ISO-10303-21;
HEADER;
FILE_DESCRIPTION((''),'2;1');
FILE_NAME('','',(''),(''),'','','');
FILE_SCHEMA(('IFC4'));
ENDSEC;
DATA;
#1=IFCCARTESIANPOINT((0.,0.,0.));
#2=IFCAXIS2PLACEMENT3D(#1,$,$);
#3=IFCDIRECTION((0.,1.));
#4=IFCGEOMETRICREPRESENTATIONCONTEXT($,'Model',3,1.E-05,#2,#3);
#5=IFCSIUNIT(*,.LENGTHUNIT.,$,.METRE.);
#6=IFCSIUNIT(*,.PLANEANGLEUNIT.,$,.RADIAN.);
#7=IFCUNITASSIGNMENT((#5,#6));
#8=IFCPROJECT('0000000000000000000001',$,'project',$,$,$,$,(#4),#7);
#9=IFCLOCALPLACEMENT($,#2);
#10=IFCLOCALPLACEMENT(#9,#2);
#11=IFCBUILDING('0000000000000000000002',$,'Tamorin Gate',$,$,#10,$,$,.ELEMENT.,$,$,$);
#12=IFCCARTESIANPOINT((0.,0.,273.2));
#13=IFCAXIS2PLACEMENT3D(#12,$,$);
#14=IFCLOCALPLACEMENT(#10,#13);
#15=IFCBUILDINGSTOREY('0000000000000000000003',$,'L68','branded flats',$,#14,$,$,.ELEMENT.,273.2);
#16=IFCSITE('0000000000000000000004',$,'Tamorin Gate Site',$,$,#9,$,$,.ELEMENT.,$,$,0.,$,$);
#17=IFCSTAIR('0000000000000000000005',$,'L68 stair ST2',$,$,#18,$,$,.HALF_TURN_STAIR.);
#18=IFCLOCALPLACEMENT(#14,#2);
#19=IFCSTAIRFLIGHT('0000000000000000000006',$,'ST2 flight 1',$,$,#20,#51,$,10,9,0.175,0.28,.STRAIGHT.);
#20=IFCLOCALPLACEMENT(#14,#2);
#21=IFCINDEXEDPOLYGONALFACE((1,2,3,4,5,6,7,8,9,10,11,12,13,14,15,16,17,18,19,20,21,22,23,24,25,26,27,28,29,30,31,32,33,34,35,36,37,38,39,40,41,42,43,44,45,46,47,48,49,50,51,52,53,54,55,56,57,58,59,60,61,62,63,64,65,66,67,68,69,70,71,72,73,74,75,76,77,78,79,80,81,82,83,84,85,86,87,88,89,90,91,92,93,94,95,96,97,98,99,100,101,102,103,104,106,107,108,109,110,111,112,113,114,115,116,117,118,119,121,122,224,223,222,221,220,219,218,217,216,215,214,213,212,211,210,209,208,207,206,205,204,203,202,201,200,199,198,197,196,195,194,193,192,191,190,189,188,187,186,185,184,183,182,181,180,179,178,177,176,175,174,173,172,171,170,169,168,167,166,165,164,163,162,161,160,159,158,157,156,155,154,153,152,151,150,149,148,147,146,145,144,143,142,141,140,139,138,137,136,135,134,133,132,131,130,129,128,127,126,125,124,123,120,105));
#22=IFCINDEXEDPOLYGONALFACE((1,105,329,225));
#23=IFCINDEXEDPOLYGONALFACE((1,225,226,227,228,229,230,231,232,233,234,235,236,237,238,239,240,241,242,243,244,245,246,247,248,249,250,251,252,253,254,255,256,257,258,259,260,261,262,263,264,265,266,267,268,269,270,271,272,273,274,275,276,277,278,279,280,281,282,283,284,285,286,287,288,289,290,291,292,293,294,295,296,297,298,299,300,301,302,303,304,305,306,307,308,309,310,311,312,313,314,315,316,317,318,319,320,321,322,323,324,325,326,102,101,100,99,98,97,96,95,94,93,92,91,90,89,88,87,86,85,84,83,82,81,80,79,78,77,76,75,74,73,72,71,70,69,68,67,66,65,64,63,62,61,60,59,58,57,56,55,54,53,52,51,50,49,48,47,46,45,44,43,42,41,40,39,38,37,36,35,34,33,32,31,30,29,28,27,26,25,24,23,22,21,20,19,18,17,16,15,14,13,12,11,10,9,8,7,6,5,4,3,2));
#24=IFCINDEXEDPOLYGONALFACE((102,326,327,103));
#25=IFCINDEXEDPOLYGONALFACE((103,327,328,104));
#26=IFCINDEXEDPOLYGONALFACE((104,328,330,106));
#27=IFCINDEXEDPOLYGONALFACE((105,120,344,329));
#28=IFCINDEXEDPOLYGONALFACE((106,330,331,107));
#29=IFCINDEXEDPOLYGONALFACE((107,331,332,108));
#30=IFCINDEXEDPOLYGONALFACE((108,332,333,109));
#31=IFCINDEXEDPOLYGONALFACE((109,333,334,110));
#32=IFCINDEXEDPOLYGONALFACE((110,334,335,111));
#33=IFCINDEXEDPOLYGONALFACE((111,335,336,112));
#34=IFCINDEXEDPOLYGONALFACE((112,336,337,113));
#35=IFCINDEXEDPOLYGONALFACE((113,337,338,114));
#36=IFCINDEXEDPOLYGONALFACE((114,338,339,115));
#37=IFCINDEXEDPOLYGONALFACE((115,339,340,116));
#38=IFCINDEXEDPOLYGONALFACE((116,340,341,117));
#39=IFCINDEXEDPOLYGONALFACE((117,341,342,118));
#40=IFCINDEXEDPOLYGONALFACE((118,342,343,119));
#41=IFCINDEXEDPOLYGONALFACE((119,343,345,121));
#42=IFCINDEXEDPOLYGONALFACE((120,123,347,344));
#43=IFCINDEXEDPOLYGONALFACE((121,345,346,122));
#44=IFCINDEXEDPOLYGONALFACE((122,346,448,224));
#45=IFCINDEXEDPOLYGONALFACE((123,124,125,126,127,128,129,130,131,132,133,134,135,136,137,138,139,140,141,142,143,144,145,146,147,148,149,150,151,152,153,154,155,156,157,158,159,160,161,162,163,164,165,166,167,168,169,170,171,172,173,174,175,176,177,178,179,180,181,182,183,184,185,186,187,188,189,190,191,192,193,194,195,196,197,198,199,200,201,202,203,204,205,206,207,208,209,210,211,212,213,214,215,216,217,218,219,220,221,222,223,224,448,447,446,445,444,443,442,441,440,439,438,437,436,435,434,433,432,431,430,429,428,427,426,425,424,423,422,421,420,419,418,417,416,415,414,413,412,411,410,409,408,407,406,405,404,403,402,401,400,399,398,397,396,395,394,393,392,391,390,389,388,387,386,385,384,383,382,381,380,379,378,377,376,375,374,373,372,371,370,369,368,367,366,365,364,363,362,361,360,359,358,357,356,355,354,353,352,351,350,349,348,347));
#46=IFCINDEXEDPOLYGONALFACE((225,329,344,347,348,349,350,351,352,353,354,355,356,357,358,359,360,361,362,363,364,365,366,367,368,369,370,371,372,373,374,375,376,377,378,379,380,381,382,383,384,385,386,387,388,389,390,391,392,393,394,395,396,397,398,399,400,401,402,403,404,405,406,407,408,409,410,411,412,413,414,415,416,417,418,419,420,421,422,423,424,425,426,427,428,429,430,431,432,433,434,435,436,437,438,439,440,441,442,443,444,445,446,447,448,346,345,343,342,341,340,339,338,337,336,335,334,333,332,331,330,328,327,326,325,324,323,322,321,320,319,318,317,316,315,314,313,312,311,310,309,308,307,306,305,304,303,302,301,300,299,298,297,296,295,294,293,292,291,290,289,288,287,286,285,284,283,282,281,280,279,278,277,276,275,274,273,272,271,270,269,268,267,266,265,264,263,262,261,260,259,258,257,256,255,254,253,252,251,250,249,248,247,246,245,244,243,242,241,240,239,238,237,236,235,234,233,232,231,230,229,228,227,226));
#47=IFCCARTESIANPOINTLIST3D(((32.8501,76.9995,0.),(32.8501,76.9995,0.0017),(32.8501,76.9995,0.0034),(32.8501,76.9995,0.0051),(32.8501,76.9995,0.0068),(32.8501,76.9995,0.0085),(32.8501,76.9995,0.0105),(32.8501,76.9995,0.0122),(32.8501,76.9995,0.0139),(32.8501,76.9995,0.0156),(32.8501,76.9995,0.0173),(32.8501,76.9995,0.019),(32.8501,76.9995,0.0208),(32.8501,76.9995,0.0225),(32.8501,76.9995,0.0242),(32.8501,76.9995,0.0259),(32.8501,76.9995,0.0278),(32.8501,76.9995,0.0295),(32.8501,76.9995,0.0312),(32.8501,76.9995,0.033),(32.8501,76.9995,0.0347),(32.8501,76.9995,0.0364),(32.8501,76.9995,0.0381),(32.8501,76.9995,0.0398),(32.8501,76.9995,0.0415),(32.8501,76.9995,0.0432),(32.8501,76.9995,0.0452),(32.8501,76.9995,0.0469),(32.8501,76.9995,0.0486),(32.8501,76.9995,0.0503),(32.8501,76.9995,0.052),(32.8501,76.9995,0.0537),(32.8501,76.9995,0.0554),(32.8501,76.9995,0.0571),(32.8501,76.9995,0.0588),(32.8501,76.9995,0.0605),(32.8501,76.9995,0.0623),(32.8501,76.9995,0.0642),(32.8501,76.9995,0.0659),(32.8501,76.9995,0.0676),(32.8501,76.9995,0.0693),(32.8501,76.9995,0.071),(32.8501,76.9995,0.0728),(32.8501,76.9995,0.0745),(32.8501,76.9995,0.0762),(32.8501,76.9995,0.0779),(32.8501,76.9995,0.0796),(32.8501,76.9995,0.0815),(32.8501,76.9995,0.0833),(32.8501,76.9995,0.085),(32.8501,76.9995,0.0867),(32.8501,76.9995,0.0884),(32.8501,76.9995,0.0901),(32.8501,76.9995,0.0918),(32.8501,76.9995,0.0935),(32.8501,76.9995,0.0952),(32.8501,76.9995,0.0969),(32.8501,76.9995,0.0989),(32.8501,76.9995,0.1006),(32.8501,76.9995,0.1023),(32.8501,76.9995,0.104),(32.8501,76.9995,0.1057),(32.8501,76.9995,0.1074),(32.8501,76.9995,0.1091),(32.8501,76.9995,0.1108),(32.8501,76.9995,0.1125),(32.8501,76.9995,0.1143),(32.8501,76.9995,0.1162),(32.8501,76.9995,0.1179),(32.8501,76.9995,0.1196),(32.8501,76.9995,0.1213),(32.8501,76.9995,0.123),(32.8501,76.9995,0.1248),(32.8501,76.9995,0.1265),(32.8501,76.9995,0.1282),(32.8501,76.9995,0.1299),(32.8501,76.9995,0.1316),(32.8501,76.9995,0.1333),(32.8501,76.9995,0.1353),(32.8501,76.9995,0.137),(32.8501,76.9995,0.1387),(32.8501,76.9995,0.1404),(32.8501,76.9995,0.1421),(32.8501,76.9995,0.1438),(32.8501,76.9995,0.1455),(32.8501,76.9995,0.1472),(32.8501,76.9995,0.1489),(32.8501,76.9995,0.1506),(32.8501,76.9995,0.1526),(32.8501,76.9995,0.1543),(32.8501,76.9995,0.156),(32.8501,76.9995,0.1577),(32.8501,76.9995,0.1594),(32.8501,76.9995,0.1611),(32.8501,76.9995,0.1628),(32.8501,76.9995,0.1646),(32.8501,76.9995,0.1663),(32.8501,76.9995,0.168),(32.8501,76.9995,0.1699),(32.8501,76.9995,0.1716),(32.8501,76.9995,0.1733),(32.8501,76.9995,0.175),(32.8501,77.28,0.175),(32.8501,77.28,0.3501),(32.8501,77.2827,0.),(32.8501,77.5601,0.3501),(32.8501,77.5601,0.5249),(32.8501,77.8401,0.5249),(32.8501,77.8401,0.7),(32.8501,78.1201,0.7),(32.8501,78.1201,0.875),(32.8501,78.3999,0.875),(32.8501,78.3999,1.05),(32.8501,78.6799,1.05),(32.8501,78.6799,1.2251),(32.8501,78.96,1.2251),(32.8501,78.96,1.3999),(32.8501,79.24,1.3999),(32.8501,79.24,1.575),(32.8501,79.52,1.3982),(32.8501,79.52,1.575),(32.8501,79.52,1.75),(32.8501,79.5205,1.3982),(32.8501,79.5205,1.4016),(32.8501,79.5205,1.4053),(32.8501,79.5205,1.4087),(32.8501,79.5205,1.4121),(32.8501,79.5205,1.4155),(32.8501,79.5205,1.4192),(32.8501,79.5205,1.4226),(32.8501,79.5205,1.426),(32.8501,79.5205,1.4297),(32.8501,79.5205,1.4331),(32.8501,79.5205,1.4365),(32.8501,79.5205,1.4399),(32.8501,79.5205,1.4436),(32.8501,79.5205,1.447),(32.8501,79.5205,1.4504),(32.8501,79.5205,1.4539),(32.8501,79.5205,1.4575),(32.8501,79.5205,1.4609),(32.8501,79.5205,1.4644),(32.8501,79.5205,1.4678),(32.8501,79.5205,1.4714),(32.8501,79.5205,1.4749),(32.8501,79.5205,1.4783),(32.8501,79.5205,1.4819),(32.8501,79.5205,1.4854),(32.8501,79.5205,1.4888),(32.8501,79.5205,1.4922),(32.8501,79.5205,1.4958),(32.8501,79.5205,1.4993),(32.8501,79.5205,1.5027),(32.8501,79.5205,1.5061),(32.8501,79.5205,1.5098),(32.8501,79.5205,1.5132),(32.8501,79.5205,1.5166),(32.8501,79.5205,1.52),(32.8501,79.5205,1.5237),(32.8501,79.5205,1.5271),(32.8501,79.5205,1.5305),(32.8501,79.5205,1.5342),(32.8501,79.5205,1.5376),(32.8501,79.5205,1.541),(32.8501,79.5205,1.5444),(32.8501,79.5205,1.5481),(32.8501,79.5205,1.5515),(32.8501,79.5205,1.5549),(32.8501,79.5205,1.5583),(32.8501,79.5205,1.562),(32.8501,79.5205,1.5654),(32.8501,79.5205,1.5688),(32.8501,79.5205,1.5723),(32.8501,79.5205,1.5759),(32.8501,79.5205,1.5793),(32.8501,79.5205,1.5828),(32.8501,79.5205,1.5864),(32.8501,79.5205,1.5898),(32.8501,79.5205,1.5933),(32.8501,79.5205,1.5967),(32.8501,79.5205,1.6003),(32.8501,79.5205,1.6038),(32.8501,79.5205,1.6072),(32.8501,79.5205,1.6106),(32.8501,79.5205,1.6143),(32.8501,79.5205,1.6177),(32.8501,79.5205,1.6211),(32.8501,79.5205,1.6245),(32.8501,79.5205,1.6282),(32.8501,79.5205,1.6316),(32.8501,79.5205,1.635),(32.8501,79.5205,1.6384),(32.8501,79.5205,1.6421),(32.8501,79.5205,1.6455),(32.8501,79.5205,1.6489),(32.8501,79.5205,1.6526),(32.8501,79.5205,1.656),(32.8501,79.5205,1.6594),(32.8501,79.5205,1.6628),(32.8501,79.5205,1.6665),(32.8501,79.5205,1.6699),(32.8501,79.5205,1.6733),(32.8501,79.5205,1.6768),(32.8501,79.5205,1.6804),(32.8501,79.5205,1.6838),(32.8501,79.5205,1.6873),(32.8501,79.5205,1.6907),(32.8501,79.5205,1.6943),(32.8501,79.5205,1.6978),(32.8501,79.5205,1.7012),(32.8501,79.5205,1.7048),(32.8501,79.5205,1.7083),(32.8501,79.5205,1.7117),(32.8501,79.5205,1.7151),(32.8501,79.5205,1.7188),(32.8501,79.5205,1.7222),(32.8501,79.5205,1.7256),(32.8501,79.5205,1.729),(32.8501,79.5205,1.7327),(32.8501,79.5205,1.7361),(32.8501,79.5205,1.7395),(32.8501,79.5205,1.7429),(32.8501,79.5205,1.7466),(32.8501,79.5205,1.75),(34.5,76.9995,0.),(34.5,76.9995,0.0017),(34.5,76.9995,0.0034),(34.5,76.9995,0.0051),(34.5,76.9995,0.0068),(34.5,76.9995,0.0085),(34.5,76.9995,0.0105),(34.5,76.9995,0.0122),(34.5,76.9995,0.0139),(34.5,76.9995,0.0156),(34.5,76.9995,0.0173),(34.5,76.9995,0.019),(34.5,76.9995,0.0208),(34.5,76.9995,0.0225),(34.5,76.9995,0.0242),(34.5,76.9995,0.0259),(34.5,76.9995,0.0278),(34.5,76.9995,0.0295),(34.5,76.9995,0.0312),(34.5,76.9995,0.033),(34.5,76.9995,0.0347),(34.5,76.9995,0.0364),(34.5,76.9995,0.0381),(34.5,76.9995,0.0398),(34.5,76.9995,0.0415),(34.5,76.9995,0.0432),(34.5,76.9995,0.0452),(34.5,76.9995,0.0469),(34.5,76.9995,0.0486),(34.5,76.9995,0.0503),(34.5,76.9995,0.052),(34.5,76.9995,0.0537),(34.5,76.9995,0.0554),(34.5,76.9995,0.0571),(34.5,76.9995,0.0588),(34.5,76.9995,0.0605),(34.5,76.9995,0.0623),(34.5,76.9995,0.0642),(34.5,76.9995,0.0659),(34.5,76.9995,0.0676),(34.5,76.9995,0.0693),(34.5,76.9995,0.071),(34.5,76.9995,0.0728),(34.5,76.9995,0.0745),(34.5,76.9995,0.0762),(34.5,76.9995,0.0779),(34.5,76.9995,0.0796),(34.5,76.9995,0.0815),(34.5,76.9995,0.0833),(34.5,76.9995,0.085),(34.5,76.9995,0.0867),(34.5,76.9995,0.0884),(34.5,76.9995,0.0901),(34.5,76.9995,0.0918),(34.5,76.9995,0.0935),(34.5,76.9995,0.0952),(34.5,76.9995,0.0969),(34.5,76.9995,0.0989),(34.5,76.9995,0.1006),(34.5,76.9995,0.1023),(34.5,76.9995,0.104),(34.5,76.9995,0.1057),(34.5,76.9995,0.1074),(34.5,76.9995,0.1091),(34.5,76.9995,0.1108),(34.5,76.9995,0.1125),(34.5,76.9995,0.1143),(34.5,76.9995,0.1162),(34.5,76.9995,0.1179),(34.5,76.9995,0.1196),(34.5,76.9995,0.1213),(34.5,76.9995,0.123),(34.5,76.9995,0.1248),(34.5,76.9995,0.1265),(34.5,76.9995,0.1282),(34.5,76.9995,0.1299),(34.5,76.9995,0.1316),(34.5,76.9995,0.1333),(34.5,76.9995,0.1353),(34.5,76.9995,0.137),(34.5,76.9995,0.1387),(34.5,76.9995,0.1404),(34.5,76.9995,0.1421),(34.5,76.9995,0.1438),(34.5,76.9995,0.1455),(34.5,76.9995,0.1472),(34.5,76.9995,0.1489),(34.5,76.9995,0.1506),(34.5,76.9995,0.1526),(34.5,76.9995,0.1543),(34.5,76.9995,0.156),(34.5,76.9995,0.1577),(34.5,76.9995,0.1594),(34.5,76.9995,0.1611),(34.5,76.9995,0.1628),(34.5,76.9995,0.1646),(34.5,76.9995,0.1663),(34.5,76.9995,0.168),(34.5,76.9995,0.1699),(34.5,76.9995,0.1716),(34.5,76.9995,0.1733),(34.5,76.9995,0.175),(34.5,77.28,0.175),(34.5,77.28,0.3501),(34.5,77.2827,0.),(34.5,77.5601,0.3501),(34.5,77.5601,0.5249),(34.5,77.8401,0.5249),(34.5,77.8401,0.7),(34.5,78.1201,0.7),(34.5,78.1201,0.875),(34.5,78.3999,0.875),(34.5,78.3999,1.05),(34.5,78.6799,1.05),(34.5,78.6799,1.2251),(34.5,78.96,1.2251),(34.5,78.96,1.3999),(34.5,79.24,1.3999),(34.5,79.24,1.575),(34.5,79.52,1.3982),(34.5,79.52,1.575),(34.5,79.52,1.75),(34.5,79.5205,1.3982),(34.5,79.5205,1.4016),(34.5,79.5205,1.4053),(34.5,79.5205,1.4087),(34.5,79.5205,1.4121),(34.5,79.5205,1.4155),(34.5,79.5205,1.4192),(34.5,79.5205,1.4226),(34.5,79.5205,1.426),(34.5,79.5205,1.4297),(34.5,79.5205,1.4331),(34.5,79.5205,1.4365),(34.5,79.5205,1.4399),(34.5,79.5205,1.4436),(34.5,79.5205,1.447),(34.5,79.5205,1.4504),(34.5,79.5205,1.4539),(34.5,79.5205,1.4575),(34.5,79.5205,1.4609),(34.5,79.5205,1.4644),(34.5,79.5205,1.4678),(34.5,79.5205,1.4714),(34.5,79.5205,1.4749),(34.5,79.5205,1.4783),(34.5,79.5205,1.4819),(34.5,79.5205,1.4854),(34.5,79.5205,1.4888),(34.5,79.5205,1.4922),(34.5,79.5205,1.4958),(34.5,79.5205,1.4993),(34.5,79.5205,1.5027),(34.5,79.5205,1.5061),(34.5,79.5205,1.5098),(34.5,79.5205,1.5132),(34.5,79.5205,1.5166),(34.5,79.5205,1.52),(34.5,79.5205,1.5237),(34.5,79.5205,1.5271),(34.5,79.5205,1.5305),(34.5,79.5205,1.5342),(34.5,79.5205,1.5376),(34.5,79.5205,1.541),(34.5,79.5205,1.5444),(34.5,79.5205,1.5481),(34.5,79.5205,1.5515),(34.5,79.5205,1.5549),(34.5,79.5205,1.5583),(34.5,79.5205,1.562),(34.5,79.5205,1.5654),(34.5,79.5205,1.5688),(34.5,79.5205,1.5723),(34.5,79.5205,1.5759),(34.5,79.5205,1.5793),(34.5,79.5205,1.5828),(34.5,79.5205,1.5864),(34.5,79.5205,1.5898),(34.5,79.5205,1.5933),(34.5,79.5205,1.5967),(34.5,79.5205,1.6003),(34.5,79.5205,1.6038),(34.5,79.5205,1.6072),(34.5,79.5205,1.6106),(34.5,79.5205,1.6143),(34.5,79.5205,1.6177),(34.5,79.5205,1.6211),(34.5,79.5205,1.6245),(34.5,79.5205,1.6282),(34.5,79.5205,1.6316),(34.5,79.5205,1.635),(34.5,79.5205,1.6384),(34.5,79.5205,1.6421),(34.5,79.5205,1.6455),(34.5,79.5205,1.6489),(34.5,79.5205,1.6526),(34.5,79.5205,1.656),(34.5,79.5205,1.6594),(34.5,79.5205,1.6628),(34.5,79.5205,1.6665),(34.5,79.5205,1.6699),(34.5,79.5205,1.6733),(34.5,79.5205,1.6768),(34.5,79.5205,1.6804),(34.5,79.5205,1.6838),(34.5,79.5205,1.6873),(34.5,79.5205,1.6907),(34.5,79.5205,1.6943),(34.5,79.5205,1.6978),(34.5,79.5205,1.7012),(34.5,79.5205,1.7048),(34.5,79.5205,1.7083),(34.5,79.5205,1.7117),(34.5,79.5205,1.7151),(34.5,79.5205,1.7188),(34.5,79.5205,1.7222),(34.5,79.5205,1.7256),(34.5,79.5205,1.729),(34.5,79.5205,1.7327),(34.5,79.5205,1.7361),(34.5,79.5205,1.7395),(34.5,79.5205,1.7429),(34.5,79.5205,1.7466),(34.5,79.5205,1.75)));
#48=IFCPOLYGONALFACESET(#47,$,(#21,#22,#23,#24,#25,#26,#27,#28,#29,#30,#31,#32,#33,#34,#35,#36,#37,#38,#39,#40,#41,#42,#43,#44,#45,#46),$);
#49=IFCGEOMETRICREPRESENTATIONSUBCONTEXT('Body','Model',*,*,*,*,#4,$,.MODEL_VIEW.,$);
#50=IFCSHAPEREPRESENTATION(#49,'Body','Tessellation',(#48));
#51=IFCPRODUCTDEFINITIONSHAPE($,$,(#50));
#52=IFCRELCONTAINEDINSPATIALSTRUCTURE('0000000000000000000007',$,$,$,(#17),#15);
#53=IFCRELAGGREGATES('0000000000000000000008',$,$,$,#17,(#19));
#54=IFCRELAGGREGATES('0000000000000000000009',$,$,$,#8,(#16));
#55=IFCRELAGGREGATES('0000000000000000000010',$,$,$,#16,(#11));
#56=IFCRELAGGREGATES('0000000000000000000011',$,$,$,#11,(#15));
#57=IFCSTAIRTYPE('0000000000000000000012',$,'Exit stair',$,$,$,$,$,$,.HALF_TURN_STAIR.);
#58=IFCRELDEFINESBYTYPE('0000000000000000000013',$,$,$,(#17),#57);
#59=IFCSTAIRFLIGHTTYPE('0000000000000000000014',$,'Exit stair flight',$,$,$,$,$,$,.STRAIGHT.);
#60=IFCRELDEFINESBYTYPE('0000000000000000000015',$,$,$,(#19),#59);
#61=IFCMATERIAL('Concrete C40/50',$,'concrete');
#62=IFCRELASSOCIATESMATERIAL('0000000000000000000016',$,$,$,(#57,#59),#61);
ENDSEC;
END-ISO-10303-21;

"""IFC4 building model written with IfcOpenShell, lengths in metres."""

from ifc_helpers import new_model, si_unit, direction, frame, origin, place, context, subcontext, project, spatial, polyline, outline, extrude, material, type_object, element, aggregate, save


model = new_model("IFC4")

# Units and contexts
model_context = context("Model", 3, precision=1e-05, world=origin(), true_north=direction((0.0, 1.0)))
body_context = subcontext(model_context, "Body", "Model", "MODEL_VIEW")
ifc_project = project(units=[si_unit("LENGTHUNIT", "METRE"), si_unit("PLANEANGLEUNIT", "RADIAN")], contexts=[model_context])

# Site, building, storey
site_placement = place(None, origin())
site = spatial("IfcSite", under=ifc_project, at=site_placement, Name="Tamorin Gate Site", CompositionType="ELEMENT", RefElevation=0.0)
building_placement = place(site_placement, origin())
building = spatial("IfcBuilding", under=site, at=building_placement, Name="Tamorin Gate", CompositionType="ELEMENT")
storey_placement = place(building_placement, frame((0.0, 0.0, 273.2)))
storey = spatial("IfcBuildingStorey", under=building, at=storey_placement, Name="L68", Description="branded flats", CompositionType="ELEMENT", Elevation=273.2)

# Shared definitions
ifc_material_1 = material(Name="Concrete C40/50", Category="concrete")

# Shared definitions
stair_type = type_object("IfcStairType", Name="Exit stair", PredefinedType="HALF_TURN_STAIR", material=ifc_material_1)
stair_flight_type = type_object("IfcStairFlightType", Name="Exit stair flight", PredefinedType="STRAIGHT", material=ifc_material_1)

# Stair, stair flight
stair_1_placement = place(storey_placement, origin())
stair_1 = element("IfcStair", 1, at=stair_1_placement, inside=storey, type_object=stair_type, Name="L68 stair ST2", PredefinedType="HALF_TURN_STAIR")
stair_flight_1_placement = place(storey_placement, frame((33.675, 77.0, 0.0), z_axis=(0.0, 0.0, 1.0), x_axis=(0.0, 1.0, 0.0)))
stair_flight_1 = element("IfcStairFlight", 2, at=stair_flight_1_placement, type_object=stair_flight_type, Name="ST2 flight 1", NumberOfRisers=10, NumberOfTreads=9, PredefinedType="STRAIGHT", RiserHeight=0.175, TreadLength=0.28, context=body_context, shape_type="SweptSolid", body=[
    extrude(outline(polyline([(-0.0005, 0.0), (-0.0005, 0.0017), (-0.0005, 0.0034), (-0.0005, 0.0051), (-0.0005, 0.0068), (-0.0005, 0.0085), (-0.0005, 0.0105), (-0.0005, 0.0122), (-0.0005, 0.0139), (-0.0005, 0.0156), (-0.0005, 0.0173), (-0.0005, 0.019), (-0.0005, 0.0208), (-0.0005, 0.0225), (-0.0005, 0.0242), (-0.0005, 0.0259), (-0.0005, 0.0278), (-0.0005, 0.0295), (-0.0005, 0.0312), (-0.0005, 0.033), (-0.0005, 0.0347), (-0.0005, 0.0364), (-0.0005, 0.0381), (-0.0005, 0.0398), (-0.0005, 0.0415), (-0.0005, 0.0432), (-0.0005, 0.0452), (-0.0005, 0.0469), (-0.0005, 0.0486), (-0.0005, 0.0503), (-0.0005, 0.052), (-0.0005, 0.0537), (-0.0005, 0.0554), (-0.0005, 0.0571), (-0.0005, 0.0588), (-0.0005, 0.0605), (-0.0005, 0.0623), (-0.0005, 0.0642), (-0.0005, 0.0659), (-0.0005, 0.0676), (-0.0005, 0.0693), (-0.0005, 0.071), (-0.0005, 0.0728), (-0.0005, 0.0745), (-0.0005, 0.0762), (-0.0005, 0.0779), (-0.0005, 0.0796), (-0.0005, 0.0815), (-0.0005, 0.0833), (-0.0005, 0.085), (-0.0005, 0.0867), (-0.0005, 0.0884), (-0.0005, 0.0901), (-0.0005, 0.0918), (-0.0005, 0.0935), (-0.0005, 0.0952), (-0.0005, 0.0969), (-0.0005, 0.0989), (-0.0005, 0.1006), (-0.0005, 0.1023), (-0.0005, 0.104), (-0.0005, 0.1057), (-0.0005, 0.1074), (-0.0005, 0.1091), (-0.0005, 0.1108), (-0.0005, 0.1125), (-0.0005, 0.1143), (-0.0005, 0.1162), (-0.0005, 0.1179), (-0.0005, 0.1196), (-0.0005, 0.1213), (-0.0005, 0.123), (-0.0005, 0.1248), (-0.0005, 0.1265), (-0.0005, 0.1282), (-0.0005, 0.1299), (-0.0005, 0.1316), (-0.0005, 0.1333), (-0.0005, 0.1353), (-0.0005, 0.137), (-0.0005, 0.1387), (-0.0005, 0.1404), (-0.0005, 0.1421), (-0.0005, 0.1438), (-0.0005, 0.1455), (-0.0005, 0.1472), (-0.0005, 0.1489), (-0.0005, 0.1506), (-0.0005, 0.1526), (-0.0005, 0.1543), (-0.0005, 0.156), (-0.0005, 0.1577), (-0.0005, 0.1594), (-0.0005, 0.1611), (-0.0005, 0.1628), (-0.0005, 0.1646), (-0.0005, 0.1663), (-0.0005, 0.168), (-0.0005, 0.1699), (-0.0005, 0.1716), (-0.0005, 0.1733), (-0.0005, 0.175), (0.28, 0.175), (0.28, 0.3501), (0.5601, 0.3501), (0.5601, 0.5249), (0.8401, 0.5249), (0.8401, 0.7), (1.1201, 0.7), (1.1201, 0.875), (1.3999, 0.875), (1.3999, 1.05), (1.6799, 1.05), (1.6799, 1.2251), (1.96, 1.2251), (1.96, 1.3999), (2.24, 1.3999), (2.24, 1.575), (2.52, 1.575), (2.52, 1.75), (2.5205, 1.75), (2.5205, 1.7466), (2.5205, 1.7429), (2.5205, 1.7395), (2.5205, 1.7361), (2.5205, 1.7327), (2.5205, 1.729), (2.5205, 1.7256), (2.5205, 1.7222), (2.5205, 1.7188), (2.5205, 1.7151), (2.5205, 1.7117), (2.5205, 1.7083), (2.5205, 1.7048), (2.5205, 1.7012), (2.5205, 1.6978), (2.5205, 1.6943), (2.5205, 1.6907), (2.5205, 1.6873), (2.5205, 1.6838), (2.5205, 1.6804), (2.5205, 1.6768), (2.5205, 1.6733), (2.5205, 1.6699), (2.5205, 1.6665), (2.5205, 1.6628), (2.5205, 1.6594), (2.5205, 1.656), (2.5205, 1.6526), (2.5205, 1.6489), (2.5205, 1.6455), (2.5205, 1.6421), (2.5205, 1.6384), (2.5205, 1.635), (2.5205, 1.6316), (2.5205, 1.6282), (2.5205, 1.6245), (2.5205, 1.6211), (2.5205, 1.6177), (2.5205, 1.6143), (2.5205, 1.6106), (2.5205, 1.6072), (2.5205, 1.6038), (2.5205, 1.6003), (2.5205, 1.5967), (2.5205, 1.5933), (2.5205, 1.5898), (2.5205, 1.5864), (2.5205, 1.5828), (2.5205, 1.5793), (2.5205, 1.5759), (2.5205, 1.5723), (2.5205, 1.5688), (2.5205, 1.5654), (2.5205, 1.562), (2.5205, 1.5583), (2.5205, 1.5549), (2.5205, 1.5515), (2.5205, 1.5481), (2.5205, 1.5444), (2.5205, 1.541), (2.5205, 1.5376), (2.5205, 1.5342), (2.5205, 1.5305), (2.5205, 1.5271), (2.5205, 1.5237), (2.5205, 1.52), (2.5205, 1.5166), (2.5205, 1.5132), (2.5205, 1.5098), (2.5205, 1.5061), (2.5205, 1.5027), (2.5205, 1.4993), (2.5205, 1.4958), (2.5205, 1.4922), (2.5205, 1.4888), (2.5205, 1.4854), (2.5205, 1.4819), (2.5205, 1.4783), (2.5205, 1.4749), (2.5205, 1.4714), (2.5205, 1.4678), (2.5205, 1.4644), (2.5205, 1.4609), (2.5205, 1.4575), (2.5205, 1.4539), (2.5205, 1.4504), (2.5205, 1.447), (2.5205, 1.4436), (2.5205, 1.4399), (2.5205, 1.4365), (2.5205, 1.4331), (2.5205, 1.4297), (2.5205, 1.426), (2.5205, 1.4226), (2.5205, 1.4192), (2.5205, 1.4155), (2.5205, 1.4121), (2.5205, 1.4087), (2.5205, 1.4053), (2.5205, 1.4016), (2.5205, 1.3982), (2.52, 1.3982), (0.2827, 0.0), (-0.0005, 0.0)])), frame((0.0, 0.825, 0.0), z_axis=(0.0, -1.0, 0.0), x_axis=(1.0, 0.0, 0.0)), (0.0, 0.0, 1.0), 1.6499),
])
aggregate(stair_1, [stair_flight_1])

save(model, "model.ifc")
